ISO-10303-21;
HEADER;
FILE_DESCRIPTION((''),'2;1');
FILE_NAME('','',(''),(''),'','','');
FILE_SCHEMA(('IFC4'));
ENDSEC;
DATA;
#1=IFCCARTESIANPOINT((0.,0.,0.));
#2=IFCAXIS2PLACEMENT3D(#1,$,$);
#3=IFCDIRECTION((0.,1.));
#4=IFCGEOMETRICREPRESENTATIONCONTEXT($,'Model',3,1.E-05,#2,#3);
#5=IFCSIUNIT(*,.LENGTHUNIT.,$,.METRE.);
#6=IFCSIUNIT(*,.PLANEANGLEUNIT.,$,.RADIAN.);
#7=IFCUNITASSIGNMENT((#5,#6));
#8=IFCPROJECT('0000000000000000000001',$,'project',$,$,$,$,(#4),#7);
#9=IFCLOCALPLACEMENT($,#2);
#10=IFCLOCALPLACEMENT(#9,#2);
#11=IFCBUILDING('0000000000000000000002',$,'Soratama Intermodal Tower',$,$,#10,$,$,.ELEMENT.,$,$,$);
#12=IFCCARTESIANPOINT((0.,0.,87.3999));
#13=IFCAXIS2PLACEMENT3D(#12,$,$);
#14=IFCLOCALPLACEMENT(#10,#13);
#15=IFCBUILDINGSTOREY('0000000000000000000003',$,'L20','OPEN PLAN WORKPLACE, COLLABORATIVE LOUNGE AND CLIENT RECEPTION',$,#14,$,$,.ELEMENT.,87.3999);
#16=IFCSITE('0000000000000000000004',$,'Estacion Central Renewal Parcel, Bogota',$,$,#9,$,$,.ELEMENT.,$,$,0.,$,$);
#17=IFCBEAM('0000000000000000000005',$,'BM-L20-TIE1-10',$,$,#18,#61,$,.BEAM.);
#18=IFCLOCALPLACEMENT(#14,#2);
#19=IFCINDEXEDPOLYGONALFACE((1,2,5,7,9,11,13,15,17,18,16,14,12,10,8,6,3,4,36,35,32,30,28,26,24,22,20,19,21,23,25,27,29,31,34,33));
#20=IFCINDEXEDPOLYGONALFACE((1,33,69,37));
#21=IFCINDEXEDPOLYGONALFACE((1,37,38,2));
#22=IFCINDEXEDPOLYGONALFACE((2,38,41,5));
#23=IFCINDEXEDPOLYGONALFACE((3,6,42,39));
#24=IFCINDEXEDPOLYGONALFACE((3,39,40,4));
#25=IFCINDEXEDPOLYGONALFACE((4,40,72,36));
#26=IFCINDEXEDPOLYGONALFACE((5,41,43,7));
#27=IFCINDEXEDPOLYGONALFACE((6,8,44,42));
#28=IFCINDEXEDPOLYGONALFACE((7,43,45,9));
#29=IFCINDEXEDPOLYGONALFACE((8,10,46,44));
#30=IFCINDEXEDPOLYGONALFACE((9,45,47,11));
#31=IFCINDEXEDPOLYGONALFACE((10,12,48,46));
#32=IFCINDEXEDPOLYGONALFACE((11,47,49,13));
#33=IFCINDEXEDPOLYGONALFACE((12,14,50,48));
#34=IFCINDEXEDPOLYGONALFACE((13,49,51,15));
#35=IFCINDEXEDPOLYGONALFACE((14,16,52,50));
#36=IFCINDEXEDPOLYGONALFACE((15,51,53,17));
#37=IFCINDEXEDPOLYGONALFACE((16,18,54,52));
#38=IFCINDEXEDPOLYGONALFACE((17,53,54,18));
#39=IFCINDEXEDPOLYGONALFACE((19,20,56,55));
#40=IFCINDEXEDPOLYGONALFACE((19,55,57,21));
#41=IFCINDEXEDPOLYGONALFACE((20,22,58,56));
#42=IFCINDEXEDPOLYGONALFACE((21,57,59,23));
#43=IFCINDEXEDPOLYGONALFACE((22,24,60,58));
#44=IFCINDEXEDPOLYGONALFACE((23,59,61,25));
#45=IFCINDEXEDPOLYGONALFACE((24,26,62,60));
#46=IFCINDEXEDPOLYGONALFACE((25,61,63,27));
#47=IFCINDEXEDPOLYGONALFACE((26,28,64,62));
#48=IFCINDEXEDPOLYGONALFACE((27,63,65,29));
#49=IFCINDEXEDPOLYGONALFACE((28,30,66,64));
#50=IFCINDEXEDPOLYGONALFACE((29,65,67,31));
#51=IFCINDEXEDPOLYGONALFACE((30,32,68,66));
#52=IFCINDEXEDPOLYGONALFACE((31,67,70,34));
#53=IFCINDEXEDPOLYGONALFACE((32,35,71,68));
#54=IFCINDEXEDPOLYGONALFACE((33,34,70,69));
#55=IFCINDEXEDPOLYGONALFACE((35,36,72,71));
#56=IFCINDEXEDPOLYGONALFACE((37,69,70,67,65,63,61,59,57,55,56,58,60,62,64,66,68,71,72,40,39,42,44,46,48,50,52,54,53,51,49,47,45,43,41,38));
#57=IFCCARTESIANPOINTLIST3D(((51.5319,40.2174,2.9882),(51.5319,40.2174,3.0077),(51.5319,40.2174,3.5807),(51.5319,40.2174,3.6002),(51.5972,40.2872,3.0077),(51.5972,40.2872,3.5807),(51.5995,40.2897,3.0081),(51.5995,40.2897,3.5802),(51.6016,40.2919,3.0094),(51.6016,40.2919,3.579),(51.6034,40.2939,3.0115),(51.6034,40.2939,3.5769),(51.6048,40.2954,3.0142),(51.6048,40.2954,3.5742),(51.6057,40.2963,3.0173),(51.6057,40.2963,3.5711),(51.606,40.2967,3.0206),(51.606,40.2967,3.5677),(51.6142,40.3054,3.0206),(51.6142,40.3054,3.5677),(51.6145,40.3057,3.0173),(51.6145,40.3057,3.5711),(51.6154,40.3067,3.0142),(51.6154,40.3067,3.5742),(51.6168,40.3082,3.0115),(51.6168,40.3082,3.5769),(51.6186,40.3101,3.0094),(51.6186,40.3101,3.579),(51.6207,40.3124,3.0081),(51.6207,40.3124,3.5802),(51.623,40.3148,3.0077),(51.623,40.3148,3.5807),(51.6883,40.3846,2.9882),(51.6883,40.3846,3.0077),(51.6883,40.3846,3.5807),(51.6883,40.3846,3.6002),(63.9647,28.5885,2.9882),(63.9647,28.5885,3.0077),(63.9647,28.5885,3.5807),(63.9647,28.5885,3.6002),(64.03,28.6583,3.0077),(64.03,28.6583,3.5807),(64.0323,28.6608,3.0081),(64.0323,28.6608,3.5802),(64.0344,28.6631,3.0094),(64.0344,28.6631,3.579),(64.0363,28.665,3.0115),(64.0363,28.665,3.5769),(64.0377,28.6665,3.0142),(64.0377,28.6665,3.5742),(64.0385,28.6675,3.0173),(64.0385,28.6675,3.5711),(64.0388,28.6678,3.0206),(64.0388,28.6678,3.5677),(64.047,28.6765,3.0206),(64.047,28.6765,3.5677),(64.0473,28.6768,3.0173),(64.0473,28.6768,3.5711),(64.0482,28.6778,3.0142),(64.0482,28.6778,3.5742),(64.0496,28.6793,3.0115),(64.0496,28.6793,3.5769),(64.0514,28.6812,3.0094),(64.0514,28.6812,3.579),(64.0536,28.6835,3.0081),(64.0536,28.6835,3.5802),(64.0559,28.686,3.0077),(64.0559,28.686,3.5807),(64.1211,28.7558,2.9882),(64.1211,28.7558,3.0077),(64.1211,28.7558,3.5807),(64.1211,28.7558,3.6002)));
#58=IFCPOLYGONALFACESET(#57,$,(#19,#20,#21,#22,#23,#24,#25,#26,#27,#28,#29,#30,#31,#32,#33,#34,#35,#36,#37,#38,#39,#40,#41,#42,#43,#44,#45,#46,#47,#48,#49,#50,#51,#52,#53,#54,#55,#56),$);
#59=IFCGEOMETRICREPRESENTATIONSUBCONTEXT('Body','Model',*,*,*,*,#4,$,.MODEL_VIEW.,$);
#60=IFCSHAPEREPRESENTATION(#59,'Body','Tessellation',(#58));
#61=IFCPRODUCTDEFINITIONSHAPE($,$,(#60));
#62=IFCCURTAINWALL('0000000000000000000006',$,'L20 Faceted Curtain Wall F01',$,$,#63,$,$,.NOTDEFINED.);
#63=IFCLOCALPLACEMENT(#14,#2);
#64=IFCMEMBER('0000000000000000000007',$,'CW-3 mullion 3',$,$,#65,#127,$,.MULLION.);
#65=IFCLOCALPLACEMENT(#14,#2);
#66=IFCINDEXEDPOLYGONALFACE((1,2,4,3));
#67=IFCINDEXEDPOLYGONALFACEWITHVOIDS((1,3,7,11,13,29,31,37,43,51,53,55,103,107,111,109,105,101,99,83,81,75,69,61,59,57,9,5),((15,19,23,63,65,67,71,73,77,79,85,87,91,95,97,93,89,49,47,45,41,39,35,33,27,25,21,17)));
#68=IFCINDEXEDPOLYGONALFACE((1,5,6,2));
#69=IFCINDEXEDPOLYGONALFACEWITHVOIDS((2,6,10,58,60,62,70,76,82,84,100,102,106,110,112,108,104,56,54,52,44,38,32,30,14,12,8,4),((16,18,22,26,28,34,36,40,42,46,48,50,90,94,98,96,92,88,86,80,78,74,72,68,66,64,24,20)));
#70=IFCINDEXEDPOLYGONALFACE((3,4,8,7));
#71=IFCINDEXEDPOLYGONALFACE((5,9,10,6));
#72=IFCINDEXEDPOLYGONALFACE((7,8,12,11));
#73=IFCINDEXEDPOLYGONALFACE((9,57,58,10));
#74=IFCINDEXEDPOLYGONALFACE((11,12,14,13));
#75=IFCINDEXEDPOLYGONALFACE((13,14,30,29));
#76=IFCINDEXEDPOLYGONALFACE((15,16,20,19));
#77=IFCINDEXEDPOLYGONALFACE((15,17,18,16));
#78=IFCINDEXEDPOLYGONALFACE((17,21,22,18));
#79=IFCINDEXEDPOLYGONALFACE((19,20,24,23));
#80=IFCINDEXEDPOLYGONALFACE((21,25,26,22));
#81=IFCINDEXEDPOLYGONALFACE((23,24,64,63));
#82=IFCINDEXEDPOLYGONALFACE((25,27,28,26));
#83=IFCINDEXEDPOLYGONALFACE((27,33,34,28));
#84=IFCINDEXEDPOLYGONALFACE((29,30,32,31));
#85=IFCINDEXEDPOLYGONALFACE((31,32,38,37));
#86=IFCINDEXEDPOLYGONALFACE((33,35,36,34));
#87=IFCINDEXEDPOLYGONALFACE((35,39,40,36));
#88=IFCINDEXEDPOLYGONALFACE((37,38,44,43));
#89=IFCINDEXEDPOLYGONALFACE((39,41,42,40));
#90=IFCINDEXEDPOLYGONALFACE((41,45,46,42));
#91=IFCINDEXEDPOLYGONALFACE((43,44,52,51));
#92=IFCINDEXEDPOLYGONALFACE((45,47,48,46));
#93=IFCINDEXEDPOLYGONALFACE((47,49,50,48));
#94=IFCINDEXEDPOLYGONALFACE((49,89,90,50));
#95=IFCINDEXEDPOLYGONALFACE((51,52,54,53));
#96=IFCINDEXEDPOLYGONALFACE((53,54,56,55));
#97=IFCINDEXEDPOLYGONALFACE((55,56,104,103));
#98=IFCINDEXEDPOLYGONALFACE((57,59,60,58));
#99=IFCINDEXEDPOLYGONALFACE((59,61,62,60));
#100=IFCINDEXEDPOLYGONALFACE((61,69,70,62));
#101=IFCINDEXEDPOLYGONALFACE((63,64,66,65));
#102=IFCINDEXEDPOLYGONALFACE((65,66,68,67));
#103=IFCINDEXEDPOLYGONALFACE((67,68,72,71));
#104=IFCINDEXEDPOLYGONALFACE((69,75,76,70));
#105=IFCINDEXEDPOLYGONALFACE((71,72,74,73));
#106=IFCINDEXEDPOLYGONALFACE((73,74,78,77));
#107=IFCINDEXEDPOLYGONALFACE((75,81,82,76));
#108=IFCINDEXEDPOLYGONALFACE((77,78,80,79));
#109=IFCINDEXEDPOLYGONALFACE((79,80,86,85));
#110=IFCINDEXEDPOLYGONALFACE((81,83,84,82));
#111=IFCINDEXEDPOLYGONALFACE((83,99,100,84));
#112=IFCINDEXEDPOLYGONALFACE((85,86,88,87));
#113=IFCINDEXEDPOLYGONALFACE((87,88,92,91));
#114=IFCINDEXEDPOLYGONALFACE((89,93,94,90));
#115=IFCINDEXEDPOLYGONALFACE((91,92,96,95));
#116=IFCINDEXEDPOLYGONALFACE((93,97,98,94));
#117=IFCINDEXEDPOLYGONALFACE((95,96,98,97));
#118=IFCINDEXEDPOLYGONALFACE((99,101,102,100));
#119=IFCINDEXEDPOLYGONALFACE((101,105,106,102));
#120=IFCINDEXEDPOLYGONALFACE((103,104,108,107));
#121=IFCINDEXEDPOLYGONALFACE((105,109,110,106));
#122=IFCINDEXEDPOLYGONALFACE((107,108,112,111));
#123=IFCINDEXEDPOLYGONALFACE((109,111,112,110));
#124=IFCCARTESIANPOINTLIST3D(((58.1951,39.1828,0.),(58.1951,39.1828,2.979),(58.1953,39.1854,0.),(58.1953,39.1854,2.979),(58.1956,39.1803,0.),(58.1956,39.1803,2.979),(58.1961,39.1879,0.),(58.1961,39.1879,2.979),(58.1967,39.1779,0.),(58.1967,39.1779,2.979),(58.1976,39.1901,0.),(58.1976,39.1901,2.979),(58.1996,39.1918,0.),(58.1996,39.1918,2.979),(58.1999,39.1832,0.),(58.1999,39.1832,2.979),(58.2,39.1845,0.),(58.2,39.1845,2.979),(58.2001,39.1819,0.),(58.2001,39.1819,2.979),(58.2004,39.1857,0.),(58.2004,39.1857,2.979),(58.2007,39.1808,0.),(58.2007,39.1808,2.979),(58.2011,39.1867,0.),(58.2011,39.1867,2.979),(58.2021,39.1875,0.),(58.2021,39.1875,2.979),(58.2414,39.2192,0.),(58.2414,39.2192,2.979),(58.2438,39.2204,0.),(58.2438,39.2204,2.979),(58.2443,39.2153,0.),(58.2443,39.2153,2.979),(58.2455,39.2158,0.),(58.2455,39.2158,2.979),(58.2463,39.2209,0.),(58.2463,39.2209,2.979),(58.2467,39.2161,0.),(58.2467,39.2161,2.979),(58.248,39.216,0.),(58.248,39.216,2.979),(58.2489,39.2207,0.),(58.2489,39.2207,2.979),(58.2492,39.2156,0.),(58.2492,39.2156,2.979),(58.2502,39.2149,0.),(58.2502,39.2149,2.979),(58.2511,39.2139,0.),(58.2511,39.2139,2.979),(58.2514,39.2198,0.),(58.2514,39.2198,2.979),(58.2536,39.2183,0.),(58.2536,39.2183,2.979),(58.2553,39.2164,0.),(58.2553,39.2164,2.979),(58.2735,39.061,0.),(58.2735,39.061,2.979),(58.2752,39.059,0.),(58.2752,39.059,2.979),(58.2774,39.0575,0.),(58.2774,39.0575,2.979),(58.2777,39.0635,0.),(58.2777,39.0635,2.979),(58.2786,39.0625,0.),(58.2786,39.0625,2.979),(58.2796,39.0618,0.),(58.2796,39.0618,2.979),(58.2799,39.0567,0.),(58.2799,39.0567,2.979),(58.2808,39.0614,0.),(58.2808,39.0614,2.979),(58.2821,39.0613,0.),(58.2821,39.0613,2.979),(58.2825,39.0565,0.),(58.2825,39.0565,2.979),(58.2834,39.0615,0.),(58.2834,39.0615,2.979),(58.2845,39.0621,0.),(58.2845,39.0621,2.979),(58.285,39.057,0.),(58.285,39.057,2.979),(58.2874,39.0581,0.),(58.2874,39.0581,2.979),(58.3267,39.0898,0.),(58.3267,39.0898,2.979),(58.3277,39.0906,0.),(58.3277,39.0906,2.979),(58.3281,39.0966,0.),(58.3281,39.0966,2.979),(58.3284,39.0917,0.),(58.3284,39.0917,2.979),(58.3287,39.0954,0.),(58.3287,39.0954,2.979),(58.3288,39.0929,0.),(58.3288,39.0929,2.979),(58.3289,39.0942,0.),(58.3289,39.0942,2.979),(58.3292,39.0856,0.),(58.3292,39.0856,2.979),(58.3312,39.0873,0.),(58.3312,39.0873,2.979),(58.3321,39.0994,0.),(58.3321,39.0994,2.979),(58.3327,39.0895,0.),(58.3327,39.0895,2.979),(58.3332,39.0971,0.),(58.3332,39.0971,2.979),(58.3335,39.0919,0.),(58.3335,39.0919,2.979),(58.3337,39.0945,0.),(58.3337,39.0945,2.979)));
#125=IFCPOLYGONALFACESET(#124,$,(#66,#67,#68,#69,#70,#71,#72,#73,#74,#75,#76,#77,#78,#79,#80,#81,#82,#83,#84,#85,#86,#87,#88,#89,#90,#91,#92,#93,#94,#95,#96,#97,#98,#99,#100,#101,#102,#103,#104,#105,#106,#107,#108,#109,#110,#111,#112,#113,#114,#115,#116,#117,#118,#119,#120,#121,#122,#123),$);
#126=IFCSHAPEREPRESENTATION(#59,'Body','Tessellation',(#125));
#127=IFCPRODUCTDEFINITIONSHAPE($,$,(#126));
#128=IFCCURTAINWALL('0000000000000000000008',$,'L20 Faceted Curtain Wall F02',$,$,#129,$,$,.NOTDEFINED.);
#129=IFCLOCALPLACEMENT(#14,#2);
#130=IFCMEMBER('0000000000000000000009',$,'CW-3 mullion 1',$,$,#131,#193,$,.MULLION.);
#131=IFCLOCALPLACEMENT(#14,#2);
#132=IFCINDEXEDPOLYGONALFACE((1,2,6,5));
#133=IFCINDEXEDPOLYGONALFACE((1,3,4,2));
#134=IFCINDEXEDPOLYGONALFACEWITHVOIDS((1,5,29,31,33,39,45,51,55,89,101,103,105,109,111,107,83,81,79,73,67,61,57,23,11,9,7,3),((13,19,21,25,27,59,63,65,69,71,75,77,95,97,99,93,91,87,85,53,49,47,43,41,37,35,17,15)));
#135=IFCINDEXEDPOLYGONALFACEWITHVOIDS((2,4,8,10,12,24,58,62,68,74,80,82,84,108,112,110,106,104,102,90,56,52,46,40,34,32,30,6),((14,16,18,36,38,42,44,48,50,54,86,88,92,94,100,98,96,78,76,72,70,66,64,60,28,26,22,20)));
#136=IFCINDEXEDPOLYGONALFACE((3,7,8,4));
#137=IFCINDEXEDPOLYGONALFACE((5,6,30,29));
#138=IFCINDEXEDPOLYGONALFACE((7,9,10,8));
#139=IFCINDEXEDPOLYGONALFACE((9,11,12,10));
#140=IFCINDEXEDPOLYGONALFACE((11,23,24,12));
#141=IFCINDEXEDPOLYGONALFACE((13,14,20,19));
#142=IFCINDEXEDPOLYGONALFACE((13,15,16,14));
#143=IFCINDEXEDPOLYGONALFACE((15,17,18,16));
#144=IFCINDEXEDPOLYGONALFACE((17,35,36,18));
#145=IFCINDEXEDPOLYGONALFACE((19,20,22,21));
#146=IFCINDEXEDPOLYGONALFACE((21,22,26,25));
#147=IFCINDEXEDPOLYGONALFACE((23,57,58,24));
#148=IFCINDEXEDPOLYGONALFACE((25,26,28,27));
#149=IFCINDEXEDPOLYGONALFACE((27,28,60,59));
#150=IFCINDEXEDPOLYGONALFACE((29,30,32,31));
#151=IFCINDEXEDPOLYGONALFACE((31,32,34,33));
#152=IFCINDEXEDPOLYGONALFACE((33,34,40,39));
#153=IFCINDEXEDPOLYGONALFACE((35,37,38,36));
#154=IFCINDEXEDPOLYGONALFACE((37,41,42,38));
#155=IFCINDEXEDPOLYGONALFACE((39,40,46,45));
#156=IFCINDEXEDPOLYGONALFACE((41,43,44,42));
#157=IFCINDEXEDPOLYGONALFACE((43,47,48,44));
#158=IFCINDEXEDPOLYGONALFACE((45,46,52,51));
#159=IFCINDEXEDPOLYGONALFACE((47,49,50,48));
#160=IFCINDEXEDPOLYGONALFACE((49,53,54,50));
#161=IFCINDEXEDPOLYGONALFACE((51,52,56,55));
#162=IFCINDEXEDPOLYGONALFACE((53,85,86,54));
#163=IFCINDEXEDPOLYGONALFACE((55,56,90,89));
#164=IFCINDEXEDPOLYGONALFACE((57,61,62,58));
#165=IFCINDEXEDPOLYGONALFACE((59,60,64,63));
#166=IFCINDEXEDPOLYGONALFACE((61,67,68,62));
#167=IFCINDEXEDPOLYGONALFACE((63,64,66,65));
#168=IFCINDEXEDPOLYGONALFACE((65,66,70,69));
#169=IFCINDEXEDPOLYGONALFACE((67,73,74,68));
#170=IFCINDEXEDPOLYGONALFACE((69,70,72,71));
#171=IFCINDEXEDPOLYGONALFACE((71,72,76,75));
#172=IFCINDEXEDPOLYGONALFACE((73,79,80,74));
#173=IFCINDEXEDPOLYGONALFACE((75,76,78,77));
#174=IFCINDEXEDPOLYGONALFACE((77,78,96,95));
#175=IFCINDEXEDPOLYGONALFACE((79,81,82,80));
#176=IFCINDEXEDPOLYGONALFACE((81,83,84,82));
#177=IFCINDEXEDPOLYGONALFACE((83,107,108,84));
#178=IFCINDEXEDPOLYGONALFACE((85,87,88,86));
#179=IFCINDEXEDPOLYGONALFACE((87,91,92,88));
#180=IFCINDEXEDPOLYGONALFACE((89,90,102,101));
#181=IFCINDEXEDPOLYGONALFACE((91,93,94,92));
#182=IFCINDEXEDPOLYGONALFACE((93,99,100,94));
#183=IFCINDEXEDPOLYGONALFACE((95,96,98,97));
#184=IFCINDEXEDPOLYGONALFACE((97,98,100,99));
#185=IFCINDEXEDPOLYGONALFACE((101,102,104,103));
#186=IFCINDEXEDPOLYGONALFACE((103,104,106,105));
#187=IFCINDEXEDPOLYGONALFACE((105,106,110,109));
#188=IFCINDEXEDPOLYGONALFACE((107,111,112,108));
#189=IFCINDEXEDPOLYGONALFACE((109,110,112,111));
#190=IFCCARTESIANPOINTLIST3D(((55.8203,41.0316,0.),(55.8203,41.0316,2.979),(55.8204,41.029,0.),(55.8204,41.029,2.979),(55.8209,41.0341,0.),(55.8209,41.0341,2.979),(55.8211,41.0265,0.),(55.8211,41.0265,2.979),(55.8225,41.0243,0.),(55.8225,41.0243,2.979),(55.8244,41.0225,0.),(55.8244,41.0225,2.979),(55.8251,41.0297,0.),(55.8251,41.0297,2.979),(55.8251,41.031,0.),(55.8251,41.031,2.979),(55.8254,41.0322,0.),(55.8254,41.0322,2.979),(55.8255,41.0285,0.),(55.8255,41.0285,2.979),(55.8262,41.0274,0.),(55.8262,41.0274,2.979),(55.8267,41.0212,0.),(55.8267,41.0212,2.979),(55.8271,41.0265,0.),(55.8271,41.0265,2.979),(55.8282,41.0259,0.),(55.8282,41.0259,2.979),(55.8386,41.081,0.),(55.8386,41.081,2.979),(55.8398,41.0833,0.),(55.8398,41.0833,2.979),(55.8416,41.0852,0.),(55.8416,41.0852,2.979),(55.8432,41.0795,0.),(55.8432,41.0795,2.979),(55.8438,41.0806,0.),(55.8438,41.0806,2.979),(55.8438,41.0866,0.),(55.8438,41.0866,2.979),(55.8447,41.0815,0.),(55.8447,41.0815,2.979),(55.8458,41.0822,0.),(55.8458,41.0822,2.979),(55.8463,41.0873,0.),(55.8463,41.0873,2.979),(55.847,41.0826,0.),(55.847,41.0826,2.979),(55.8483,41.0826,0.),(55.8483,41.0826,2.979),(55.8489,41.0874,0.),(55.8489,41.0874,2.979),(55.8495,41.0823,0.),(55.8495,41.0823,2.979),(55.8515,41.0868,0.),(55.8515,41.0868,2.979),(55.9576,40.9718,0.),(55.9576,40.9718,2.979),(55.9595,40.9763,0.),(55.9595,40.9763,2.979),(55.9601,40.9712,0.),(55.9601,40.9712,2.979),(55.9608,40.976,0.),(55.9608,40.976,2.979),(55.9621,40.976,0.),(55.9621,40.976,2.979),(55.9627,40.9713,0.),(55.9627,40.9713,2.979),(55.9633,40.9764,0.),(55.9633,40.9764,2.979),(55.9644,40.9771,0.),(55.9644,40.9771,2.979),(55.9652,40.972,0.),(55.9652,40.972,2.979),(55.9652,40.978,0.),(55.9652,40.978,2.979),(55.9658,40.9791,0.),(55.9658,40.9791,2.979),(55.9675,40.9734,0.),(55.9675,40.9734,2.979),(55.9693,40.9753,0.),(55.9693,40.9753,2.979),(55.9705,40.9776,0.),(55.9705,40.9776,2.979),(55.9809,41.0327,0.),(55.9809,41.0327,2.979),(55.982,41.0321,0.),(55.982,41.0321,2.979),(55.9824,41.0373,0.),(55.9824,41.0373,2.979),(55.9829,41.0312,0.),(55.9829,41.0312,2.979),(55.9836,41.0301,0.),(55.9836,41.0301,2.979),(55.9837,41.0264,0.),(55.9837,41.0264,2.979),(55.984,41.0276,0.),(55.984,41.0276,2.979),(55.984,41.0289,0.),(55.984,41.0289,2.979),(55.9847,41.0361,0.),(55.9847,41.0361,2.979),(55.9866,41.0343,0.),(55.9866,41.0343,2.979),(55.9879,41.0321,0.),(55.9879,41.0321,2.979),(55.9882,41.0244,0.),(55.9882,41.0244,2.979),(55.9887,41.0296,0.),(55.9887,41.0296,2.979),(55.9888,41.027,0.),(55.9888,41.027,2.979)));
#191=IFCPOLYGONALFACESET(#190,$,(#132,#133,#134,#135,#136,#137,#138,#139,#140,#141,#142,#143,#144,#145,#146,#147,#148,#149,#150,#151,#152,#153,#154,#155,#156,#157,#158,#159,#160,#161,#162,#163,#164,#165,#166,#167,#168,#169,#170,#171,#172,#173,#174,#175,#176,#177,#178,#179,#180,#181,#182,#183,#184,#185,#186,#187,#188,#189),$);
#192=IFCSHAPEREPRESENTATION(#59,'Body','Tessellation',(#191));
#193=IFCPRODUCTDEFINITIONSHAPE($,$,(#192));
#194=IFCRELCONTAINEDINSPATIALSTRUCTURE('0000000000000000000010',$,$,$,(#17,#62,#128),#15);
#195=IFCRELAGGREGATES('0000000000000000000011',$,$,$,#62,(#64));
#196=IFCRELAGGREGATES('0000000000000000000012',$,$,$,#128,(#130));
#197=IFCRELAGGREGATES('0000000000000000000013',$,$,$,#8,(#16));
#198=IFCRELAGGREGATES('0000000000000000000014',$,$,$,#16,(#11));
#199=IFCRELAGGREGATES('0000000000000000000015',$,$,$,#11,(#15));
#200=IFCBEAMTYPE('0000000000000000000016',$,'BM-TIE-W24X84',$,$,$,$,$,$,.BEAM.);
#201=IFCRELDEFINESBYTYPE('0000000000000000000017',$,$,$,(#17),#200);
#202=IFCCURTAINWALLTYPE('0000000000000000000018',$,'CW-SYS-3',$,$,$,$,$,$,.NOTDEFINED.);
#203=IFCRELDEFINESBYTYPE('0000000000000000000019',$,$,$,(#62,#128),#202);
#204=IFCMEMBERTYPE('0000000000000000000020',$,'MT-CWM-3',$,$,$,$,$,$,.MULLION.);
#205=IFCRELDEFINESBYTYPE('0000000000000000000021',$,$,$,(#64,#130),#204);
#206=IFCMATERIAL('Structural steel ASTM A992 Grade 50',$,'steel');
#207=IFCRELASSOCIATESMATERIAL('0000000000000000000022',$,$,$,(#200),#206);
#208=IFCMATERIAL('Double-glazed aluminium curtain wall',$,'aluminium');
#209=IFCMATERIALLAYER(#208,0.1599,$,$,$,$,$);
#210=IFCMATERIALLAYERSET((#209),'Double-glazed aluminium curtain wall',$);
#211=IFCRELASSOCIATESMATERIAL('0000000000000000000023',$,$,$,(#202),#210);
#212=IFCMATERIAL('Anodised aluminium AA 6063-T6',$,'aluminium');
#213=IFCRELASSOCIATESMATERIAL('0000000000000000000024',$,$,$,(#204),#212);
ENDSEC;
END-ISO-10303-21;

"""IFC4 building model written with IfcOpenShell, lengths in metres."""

from ifc_helpers import new_model, si_unit, direction, frame, origin, origin_2d, place, context, subcontext, project, spatial, hollow_rectangle, i_section, extrude, material, layer, layer_set, material_profile, profile_set, type_object, element, aggregate, save


model = new_model("IFC4")

# Units and contexts
model_context = context("Model", 3, precision=1e-05, world=origin(), true_north=direction((0.0, 1.0)))
body_context = subcontext(model_context, "Body", "Model", "MODEL_VIEW")
ifc_project = project(units=[si_unit("LENGTHUNIT", "METRE"), si_unit("PLANEANGLEUNIT", "RADIAN")], contexts=[model_context])

# Site, building, storey
site_placement = place(None, origin())
site = spatial("IfcSite", under=ifc_project, at=site_placement, Name="Estacion Central Renewal Parcel, Bogota", CompositionType="ELEMENT", RefElevation=0.0)
building_placement = place(site_placement, origin())
building = spatial("IfcBuilding", under=site, at=building_placement, Name="Soratama Intermodal Tower", CompositionType="ELEMENT")
storey_placement = place(building_placement, frame((0.0, 0.0, 87.3999)))
storey = spatial("IfcBuildingStorey", under=building, at=storey_placement, Name="L20", Description="OPEN PLAN WORKPLACE, COLLABORATIVE LOUNGE AND CLIENT RECEPTION", CompositionType="ELEMENT", Elevation=87.3999)

# Beam
ifc_material_1 = material(Name="Structural steel ASTM A992 Grade 50", Category="steel")
ifc_material_profile_1 = material_profile(ifc_material_1, i_section(OverallWidth=0.229, OverallDepth=0.6121, WebThickness=0.012, FlangeThickness=0.0195, FilletRadius=0.0129, at=origin_2d()), Name="W24X84")
ifc_profile_set_1 = profile_set([ifc_material_profile_1], Name="Structural steel ASTM A992 Grade 50")
beam_type_1 = type_object("IfcBeamType", Name="BM-TIE-W24X84", PredefinedType="BEAM", material=ifc_profile_set_1)
beam_1_placement = place(storey_placement, frame((51.6101, 40.301, 3.2942), z_axis=(0.730325, -0.6831, 0.0), x_axis=(0.6831, 0.730325, 0.0)))
element("IfcBeam", 1, at=beam_1_placement, inside=storey, type_object=beam_type_1, Name="BM-L20-TIE1-10", PredefinedType="BEAM", context=body_context, shape_type="SweptSolid", body=[
    extrude(i_section(OverallWidth=0.229, OverallDepth=0.6121, WebThickness=0.012, FlangeThickness=0.0195, FilletRadius=0.0129, at=origin_2d()), origin(), (0.0, 0.0, 1.0), 17.0237),
])

# Curtain wall, member
ifc_material_2 = material(Name="Double-glazed aluminium curtain wall", Category="aluminium")
ifc_layer_1 = layer(ifc_material_2, 0.1599)
ifc_layer_set_1 = layer_set([ifc_layer_1], Name="Double-glazed aluminium curtain wall")
curtain_wall_type = type_object("IfcCurtainWallType", Name="CW-SYS-3", PredefinedType="NOTDEFINED", material=ifc_layer_set_1)
curtain_wall_1_placement = place(storey_placement, origin())
curtain_wall_1 = element("IfcCurtainWall", 2, at=curtain_wall_1_placement, inside=storey, type_object=curtain_wall_type, Name="L20 Faceted Curtain Wall F01", PredefinedType="NOTDEFINED")
ifc_material_3 = material(Name="Anodised aluminium AA 6063-T6", Category="aluminium")
ifc_material_profile_2 = material_profile(ifc_material_3, hollow_rectangle(XDim=0.0701, YDim=0.1599, WallThickness=0.0049, InnerFilletRadius=0.0049, OuterFilletRadius=0.01, at=origin_2d()), Name="CWM160X70X5")
ifc_profile_set_2 = profile_set([ifc_material_profile_2], Name="Anodised aluminium AA 6063-T6")
member_type_1 = type_object("IfcMemberType", Name="MT-CWM-3", PredefinedType="MULLION", material=ifc_profile_set_2)
member_1_placement = place(storey_placement, frame((58.2644, 39.1387, 0.0), z_axis=(0.0, 0.0, 1.0), x_axis=(-0.835807, -0.549023, 0.0)))
member_1 = element("IfcMember", 3, at=member_1_placement, type_object=member_type_1, Name="CW-3 mullion 3", PredefinedType="MULLION", context=body_context, shape_type="SweptSolid", body=[
    extrude(hollow_rectangle(XDim=0.0701, YDim=0.1599, WallThickness=0.0049, InnerFilletRadius=0.0049, OuterFilletRadius=0.01, at=origin_2d()), origin(), (0.0, 0.0, 1.0), 2.979),
])

# Curtain wall, member
curtain_wall_2_placement = place(storey_placement, origin())
curtain_wall_2 = element("IfcCurtainWall", 4, at=curtain_wall_2_placement, inside=storey, type_object=curtain_wall_type, Name="L20 Faceted Curtain Wall F02", PredefinedType="NOTDEFINED")
member_2_placement = place(storey_placement, frame((55.9045, 41.0293, 0.0), z_axis=(0.0, 0.0, 1.0), x_axis=(-0.353468, -0.935447, 0.0)))
member_2 = element("IfcMember", 5, at=member_2_placement, type_object=member_type_1, Name="CW-3 mullion 1", PredefinedType="MULLION", context=body_context, shape_type="SweptSolid", body=[
    extrude(hollow_rectangle(XDim=0.0701, YDim=0.1599, WallThickness=0.0049, InnerFilletRadius=0.0049, OuterFilletRadius=0.01, at=origin_2d()), origin(), (0.0, 0.0, 1.0), 2.979),
])

aggregate(curtain_wall_1, [member_1])
aggregate(curtain_wall_2, [member_2])

save(model, "model.ifc")
